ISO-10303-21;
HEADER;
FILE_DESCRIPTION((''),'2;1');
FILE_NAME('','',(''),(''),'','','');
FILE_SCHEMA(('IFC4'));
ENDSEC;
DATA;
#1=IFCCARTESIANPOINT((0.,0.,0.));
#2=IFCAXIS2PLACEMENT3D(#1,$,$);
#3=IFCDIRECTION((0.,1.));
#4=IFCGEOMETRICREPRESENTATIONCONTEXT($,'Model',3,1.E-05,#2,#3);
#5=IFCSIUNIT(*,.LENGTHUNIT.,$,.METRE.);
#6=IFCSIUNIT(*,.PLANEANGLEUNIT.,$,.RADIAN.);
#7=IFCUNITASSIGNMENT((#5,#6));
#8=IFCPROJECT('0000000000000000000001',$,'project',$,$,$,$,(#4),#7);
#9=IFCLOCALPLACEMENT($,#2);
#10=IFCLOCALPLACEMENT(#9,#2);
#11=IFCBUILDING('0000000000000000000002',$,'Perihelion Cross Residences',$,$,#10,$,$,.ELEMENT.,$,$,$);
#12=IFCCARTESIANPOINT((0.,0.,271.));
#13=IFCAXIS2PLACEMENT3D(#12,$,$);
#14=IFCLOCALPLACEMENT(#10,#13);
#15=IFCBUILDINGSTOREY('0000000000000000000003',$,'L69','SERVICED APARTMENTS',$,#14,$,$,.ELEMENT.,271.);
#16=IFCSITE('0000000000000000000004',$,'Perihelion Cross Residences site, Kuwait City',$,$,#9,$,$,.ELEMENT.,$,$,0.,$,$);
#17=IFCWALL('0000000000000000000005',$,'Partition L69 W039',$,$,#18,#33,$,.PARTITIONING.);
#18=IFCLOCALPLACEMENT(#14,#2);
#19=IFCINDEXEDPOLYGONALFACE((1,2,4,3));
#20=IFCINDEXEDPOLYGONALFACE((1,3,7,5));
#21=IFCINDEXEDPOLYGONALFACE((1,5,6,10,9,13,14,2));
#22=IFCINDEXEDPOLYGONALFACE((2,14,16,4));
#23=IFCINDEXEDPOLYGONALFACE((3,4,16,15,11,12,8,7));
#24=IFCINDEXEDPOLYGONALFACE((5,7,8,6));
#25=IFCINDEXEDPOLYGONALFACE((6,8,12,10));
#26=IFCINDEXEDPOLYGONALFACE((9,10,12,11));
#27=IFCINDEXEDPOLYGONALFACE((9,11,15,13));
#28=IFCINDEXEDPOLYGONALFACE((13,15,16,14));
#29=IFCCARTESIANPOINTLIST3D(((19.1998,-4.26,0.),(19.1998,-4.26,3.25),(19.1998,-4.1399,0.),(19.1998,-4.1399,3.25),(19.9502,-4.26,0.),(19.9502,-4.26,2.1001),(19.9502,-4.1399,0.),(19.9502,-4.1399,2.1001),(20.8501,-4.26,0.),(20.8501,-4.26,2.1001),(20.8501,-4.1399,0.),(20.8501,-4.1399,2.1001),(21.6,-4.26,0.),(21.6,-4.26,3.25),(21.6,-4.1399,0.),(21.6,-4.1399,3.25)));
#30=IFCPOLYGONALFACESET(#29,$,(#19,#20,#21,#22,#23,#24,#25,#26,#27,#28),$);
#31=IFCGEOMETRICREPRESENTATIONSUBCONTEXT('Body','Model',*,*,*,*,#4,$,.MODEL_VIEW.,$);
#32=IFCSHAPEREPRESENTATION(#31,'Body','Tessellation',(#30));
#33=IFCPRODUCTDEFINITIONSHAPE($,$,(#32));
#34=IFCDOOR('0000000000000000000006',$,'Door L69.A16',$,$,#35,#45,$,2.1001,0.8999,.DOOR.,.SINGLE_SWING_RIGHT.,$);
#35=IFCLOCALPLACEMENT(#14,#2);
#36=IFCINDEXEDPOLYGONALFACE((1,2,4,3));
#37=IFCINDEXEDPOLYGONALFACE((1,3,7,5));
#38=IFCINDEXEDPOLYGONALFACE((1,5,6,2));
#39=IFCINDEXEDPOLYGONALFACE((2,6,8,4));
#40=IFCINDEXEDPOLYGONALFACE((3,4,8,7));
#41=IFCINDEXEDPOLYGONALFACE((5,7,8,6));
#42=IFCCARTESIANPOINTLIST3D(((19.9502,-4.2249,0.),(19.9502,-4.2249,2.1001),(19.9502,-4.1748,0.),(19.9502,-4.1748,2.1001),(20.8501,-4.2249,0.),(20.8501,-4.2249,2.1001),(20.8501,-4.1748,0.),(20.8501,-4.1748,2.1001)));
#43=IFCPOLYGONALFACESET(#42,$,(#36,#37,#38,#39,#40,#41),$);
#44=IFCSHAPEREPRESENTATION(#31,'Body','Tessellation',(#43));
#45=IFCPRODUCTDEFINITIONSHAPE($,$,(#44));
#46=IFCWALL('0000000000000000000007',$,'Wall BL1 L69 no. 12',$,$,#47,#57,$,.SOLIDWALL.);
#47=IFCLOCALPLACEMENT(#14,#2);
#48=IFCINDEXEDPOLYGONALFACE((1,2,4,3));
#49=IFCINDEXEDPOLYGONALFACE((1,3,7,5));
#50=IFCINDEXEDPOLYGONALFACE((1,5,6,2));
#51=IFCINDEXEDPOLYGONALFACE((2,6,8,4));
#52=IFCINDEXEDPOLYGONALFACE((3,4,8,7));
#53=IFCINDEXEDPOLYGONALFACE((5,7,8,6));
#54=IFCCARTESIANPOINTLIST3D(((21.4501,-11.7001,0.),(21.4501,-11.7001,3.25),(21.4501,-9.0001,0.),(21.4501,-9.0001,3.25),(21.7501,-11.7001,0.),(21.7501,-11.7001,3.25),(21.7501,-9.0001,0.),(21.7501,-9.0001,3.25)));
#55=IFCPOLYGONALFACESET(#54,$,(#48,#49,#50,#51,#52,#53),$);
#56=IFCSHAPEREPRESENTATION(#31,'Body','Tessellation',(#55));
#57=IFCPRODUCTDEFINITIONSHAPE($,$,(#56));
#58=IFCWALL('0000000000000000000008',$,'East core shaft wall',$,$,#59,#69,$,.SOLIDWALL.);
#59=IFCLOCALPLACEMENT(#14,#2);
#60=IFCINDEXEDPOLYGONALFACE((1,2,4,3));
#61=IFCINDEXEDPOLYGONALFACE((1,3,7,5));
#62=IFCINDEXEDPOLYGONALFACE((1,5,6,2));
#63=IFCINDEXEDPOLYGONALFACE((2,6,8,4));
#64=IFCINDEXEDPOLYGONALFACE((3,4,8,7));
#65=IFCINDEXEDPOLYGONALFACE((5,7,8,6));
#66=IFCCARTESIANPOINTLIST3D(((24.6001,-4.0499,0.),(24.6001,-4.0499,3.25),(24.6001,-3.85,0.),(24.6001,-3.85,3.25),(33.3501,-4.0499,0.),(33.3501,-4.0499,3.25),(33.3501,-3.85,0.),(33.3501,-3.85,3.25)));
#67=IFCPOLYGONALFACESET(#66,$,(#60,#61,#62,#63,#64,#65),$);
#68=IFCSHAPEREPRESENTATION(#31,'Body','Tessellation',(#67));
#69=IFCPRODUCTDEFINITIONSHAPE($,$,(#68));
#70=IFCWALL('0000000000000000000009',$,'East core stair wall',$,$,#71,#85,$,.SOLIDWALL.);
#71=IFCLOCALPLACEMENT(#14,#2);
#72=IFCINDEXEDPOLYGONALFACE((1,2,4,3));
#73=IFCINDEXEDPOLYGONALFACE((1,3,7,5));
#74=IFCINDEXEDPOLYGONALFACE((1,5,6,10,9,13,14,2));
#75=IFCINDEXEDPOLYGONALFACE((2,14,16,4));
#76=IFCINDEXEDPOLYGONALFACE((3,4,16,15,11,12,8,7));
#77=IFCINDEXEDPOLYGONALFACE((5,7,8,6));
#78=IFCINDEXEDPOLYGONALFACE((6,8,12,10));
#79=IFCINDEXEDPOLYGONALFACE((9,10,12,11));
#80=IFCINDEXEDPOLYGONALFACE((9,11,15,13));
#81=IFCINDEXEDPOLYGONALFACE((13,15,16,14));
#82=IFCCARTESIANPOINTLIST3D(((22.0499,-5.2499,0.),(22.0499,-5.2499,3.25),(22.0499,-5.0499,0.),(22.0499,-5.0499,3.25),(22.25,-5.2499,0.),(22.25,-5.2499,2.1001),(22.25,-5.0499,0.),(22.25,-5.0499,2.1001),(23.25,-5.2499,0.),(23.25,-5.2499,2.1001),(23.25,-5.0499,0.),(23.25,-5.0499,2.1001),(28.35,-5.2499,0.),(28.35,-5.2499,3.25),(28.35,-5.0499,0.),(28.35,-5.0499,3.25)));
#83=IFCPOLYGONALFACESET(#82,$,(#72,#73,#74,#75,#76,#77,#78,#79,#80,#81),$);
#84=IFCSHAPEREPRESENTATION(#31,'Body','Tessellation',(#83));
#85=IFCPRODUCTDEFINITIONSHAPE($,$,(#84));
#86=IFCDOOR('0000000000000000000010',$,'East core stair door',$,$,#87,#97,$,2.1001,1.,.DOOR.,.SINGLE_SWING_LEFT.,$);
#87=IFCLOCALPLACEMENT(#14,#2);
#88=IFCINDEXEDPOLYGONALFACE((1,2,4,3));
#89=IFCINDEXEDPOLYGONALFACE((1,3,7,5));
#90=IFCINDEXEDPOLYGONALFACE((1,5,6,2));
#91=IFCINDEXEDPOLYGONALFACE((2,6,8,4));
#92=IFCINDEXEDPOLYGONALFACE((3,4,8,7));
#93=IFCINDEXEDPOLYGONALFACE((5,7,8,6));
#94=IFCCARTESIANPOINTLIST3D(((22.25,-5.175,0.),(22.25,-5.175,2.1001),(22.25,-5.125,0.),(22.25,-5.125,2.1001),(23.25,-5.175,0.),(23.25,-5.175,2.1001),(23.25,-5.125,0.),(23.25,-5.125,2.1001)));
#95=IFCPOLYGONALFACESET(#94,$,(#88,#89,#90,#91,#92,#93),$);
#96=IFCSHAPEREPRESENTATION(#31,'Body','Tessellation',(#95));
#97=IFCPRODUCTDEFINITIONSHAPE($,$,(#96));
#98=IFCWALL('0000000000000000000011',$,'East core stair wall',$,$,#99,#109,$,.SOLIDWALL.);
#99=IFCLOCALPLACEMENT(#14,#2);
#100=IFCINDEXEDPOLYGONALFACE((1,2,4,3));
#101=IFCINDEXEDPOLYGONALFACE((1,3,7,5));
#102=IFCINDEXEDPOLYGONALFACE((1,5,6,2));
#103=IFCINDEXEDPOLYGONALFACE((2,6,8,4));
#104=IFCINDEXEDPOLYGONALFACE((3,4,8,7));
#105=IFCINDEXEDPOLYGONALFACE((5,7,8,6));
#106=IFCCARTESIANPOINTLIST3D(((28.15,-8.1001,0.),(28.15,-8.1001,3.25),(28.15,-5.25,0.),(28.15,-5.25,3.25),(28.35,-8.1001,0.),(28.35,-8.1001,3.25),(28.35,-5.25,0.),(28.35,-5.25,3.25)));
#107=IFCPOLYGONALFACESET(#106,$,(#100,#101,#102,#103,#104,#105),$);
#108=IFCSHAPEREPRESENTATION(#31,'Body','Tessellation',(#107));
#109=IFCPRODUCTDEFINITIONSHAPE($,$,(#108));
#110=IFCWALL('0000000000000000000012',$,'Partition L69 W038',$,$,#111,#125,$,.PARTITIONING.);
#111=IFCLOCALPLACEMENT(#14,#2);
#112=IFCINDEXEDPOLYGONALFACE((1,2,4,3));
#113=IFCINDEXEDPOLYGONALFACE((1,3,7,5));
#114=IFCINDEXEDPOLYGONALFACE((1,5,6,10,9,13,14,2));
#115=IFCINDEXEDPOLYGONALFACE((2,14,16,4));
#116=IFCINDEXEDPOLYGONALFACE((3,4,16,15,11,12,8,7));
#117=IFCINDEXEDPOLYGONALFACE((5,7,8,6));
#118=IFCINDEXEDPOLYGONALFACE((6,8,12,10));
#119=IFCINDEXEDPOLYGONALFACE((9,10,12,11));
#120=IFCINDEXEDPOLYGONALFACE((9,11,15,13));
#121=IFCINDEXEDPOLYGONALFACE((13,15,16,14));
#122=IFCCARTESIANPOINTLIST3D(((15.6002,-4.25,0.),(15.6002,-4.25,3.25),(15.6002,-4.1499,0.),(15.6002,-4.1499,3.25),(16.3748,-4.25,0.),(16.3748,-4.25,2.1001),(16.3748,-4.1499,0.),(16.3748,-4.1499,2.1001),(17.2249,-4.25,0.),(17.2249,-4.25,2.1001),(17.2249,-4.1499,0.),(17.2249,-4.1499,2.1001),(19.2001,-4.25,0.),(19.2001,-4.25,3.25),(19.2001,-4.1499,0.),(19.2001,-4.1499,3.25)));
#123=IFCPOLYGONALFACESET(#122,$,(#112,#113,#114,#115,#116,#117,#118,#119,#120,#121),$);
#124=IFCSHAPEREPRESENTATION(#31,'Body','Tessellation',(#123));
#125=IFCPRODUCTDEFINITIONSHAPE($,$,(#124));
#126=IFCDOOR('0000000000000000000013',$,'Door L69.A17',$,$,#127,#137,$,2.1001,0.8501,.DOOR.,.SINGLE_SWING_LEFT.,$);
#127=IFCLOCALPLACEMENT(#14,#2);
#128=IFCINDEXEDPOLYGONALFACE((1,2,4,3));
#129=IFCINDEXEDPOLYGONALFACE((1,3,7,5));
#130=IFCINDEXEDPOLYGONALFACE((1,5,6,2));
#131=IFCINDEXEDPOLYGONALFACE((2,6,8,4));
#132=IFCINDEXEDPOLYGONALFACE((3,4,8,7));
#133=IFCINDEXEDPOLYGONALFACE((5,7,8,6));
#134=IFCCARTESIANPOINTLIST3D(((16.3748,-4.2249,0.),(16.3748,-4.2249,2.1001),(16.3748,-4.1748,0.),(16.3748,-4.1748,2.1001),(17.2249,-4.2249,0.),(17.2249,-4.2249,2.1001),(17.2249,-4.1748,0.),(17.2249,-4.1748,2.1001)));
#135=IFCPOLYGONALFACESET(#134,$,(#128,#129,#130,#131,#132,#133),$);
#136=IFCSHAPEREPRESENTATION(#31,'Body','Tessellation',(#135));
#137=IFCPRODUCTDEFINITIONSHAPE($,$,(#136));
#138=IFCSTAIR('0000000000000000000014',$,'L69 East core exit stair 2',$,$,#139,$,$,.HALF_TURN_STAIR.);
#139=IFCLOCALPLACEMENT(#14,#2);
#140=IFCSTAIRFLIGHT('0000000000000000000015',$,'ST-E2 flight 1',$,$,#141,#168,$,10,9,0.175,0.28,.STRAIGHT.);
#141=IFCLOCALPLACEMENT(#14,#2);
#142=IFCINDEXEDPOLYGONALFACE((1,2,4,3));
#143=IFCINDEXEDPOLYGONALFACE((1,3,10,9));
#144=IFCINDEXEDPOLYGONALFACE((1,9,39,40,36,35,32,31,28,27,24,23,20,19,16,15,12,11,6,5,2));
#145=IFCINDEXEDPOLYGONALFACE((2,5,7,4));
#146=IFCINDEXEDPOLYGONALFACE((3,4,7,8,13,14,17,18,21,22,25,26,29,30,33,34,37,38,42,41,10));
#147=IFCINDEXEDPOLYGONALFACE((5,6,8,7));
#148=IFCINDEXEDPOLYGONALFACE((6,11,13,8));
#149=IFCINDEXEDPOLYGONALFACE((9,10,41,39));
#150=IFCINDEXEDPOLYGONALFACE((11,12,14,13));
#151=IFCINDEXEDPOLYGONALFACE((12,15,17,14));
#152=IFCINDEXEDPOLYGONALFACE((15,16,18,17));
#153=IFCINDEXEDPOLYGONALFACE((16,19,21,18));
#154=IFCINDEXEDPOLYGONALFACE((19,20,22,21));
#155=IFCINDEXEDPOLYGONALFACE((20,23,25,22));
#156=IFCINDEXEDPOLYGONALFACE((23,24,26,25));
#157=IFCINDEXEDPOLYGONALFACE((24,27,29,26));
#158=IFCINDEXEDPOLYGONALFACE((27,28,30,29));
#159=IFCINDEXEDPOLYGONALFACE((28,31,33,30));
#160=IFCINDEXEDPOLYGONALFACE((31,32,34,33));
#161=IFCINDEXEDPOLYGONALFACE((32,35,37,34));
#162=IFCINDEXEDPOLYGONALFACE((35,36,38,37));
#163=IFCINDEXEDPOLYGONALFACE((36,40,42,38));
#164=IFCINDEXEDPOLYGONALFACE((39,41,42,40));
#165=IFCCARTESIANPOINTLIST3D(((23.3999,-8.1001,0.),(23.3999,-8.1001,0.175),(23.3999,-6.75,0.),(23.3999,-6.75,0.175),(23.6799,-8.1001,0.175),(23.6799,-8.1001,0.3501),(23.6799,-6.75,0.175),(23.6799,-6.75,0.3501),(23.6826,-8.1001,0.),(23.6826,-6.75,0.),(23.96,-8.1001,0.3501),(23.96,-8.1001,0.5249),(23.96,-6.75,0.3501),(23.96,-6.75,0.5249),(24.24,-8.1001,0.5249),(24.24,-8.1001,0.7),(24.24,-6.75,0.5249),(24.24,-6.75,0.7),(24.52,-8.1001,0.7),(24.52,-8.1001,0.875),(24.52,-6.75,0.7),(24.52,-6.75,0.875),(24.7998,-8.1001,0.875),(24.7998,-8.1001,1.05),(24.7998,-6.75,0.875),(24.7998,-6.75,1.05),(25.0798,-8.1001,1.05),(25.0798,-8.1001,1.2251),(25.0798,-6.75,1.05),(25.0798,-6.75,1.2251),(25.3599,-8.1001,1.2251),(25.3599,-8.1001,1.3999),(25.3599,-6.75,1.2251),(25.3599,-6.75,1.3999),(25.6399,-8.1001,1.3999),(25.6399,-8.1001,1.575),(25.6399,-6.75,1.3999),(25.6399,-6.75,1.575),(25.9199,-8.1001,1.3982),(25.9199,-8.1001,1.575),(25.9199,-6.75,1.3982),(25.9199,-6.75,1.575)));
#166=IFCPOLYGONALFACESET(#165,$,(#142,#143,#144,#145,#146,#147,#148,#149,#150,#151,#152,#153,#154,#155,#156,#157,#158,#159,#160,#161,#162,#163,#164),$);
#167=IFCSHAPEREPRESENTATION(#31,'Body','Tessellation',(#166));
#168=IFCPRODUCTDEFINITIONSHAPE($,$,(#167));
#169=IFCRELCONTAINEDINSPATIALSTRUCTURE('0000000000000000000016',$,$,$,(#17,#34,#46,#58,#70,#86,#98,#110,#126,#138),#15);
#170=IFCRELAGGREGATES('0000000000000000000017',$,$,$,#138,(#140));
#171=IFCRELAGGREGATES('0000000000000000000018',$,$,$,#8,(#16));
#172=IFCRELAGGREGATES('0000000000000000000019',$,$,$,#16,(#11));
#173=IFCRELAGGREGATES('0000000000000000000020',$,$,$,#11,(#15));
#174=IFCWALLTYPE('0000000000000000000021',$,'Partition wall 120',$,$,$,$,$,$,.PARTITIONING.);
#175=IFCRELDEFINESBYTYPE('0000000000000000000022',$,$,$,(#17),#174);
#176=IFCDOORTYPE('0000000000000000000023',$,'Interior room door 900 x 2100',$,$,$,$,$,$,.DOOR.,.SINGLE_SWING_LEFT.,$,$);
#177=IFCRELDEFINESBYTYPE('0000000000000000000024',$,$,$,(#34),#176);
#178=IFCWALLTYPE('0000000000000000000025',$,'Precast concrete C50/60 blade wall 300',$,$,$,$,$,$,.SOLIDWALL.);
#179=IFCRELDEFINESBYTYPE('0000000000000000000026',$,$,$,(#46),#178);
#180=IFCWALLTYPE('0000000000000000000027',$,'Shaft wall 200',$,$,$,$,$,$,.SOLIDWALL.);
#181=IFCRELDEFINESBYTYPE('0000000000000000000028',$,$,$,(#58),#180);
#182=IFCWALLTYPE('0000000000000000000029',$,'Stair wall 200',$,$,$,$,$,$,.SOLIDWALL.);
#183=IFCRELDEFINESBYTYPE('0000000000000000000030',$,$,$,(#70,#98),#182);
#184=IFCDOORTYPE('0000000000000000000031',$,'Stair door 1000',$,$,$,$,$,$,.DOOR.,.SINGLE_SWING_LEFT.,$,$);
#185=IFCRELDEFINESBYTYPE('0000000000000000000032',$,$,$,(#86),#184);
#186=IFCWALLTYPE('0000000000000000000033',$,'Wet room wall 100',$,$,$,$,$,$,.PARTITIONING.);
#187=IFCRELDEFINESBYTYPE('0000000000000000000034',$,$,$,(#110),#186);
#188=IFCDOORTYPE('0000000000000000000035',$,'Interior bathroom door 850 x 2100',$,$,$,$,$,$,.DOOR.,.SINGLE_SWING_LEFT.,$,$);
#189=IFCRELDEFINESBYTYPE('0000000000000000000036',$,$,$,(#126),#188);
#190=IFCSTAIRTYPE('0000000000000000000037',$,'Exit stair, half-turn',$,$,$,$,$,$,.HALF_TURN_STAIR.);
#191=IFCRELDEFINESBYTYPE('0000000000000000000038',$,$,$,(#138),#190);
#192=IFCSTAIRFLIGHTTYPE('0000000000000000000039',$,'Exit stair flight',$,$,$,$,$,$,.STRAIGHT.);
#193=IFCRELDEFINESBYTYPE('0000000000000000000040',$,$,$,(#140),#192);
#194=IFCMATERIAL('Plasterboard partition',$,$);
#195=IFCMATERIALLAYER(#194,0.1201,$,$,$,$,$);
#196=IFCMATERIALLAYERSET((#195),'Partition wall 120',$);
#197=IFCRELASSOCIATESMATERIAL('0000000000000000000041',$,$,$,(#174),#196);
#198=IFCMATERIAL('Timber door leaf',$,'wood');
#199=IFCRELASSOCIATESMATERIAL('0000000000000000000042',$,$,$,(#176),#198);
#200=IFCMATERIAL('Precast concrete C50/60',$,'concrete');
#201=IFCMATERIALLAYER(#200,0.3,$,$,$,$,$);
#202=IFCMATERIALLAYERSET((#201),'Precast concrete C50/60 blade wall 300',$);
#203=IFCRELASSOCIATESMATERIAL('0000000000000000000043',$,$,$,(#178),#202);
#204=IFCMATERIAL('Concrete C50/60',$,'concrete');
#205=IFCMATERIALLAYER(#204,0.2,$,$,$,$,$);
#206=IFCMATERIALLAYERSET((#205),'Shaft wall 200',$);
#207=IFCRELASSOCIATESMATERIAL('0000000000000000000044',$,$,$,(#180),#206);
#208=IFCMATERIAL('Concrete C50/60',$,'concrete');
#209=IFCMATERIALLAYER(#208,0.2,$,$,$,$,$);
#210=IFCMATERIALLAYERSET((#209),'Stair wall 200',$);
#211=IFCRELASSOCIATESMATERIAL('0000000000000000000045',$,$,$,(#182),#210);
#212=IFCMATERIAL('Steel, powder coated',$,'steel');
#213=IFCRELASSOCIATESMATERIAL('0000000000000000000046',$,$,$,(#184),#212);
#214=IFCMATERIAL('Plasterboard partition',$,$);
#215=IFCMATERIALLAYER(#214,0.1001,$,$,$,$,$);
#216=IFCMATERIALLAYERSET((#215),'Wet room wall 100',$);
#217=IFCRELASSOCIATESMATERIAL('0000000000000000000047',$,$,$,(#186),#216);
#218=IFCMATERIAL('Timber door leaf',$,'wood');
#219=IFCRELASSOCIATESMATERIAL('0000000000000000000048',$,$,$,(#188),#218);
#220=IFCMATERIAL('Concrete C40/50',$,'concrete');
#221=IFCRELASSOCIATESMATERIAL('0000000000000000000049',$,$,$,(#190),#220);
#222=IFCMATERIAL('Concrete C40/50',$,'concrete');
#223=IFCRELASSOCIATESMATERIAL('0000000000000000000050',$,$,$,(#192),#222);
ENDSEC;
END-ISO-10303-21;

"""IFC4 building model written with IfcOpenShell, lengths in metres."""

from ifc_helpers import new_model, si_unit, direction, frame, frame_2d, origin, place, context, subcontext, project, spatial, polyline, rectangle, outline, extrude, material, layer, layer_set, type_object, element, fill, aggregate, save


model = new_model("IFC4")

# Units and contexts
model_context = context("Model", 3, precision=1e-05, world=origin(), true_north=direction((0.0, 1.0)))
body_context = subcontext(model_context, "Body", "Model", "MODEL_VIEW")
ifc_project = project(units=[si_unit("LENGTHUNIT", "METRE"), si_unit("PLANEANGLEUNIT", "RADIAN")], contexts=[model_context])

# Site, building, storey
site_placement = place(None, origin())
site = spatial("IfcSite", under=ifc_project, at=site_placement, Name="Perihelion Cross Residences site, Kuwait City", CompositionType="ELEMENT", RefElevation=0.0)
building_placement = place(site_placement, origin())
building = spatial("IfcBuilding", under=site, at=building_placement, Name="Perihelion Cross Residences", CompositionType="ELEMENT")
storey_placement = place(building_placement, frame((0.0, 0.0, 271.0)))
storey = spatial("IfcBuildingStorey", under=building, at=storey_placement, Name="L69", Description="SERVICED APARTMENTS", CompositionType="ELEMENT", Elevation=271.0)

# Wall, opening, door
ifc_material_1 = material(Name="Plasterboard partition")
ifc_layer_1 = layer(ifc_material_1, 0.1201)
ifc_layer_set_1 = layer_set([ifc_layer_1], Name="Partition wall 120")
wall_type_1 = type_object("IfcWallType", Name="Partition wall 120", PredefinedType="PARTITIONING", material=ifc_layer_set_1)
wall_1_placement = place(storey_placement, frame((21.6001, -4.2, 0.0), z_axis=(0.0, 0.0, 1.0), x_axis=(-1.0, 0.0, 0.0)))
wall_1 = element("IfcWall", 1, at=wall_1_placement, inside=storey, type_object=wall_type_1, Name="Partition L69 W039", PredefinedType="PARTITIONING", context=body_context, shape_type="SweptSolid", body=[
    extrude(rectangle(XDim=2.4001, YDim=0.1201, at=frame_2d((1.2002, 0.0))), origin(), (0.0, 0.0, 1.0), 3.25),
])
opening_1_placement = place(wall_1_placement, frame((0.75, 0.0, 0.0)))
opening_1 = element("IfcOpeningElement", 2, at=opening_1_placement, cuts=wall_1, PredefinedType="OPENING", context=body_context, shape_type="SweptSolid", body=[
    extrude(rectangle(XDim=0.8999, YDim=2.1001, at=frame_2d((0.45, 1.05))), frame((0.0, 0.0701, 0.0), z_axis=(0.0, -1.0, 0.0), x_axis=(1.0, 0.0, 0.0)), (0.0, 0.0, 1.0), 0.1401),
])
ifc_material_2 = material(Name="Timber door leaf", Category="wood")
door_type_1 = type_object("IfcDoorType", Name="Interior room door 900 x 2100", OperationType="SINGLE_SWING_LEFT", PredefinedType="DOOR", material=ifc_material_2)
door_1_placement = place(opening_1_placement, origin())
door_1 = element("IfcDoor", 3, at=door_1_placement, inside=storey, type_object=door_type_1, Name="Door L69.A16", OperationType="SINGLE_SWING_RIGHT", OverallHeight=2.1001, OverallWidth=0.8999, PredefinedType="DOOR", context=body_context, shape_type="SweptSolid", body=[
    extrude(rectangle(XDim=0.8999, YDim=2.1001, at=frame_2d((0.45, 1.05))), frame((0.0, 0.0249, 0.0), z_axis=(0.0, -1.0, 0.0), x_axis=(1.0, 0.0, 0.0)), (0.0, 0.0, 1.0), 0.05),
])
fill(opening_1, door_1)

# Walls
ifc_material_3 = material(Name="Precast concrete C50/60", Category="concrete")
ifc_layer_2 = layer(ifc_material_3, 0.3)
ifc_layer_set_2 = layer_set([ifc_layer_2], Name="Precast concrete C50/60 blade wall 300")
wall_type_2 = type_object("IfcWallType", Name="Precast concrete C50/60 blade wall 300", PredefinedType="SOLIDWALL", material=ifc_layer_set_2)
wall_2_placement = place(storey_placement, frame((21.6001, -9.0, 0.0), z_axis=(0.0, 0.0, 1.0), x_axis=(0.0, -1.0, 0.0)))
element("IfcWall", 4, at=wall_2_placement, inside=storey, type_object=wall_type_2, Name="Wall BL1 L69 no. 12", PredefinedType="SOLIDWALL", context=body_context, shape_type="SweptSolid", body=[
    extrude(rectangle(XDim=2.7, YDim=0.3, at=frame_2d((1.3501, 0.0))), origin(), (0.0, 0.0, 1.0), 3.25),
])
ifc_material_4 = material(Name="Concrete C50/60", Category="concrete")
ifc_layer_3 = layer(ifc_material_4, 0.2)
ifc_layer_set_3 = layer_set([ifc_layer_3], Name="Shaft wall 200")
wall_type_3 = type_object("IfcWallType", Name="Shaft wall 200", PredefinedType="SOLIDWALL", material=ifc_layer_set_3)
wall_3_placement = place(storey_placement, frame((24.6001, -3.95, 0.0), z_axis=(0.0, 0.0, 1.0), x_axis=(1.0, 0.0, 0.0)))
element("IfcWall", 5, at=wall_3_placement, inside=storey, type_object=wall_type_3, Name="East core shaft wall", PredefinedType="SOLIDWALL", context=body_context, shape_type="SweptSolid", body=[
    extrude(rectangle(XDim=8.75, YDim=0.2, at=frame_2d((4.375, 0.0))), origin(), (0.0, 0.0, 1.0), 3.25),
])

# Wall, opening, door
ifc_material_5 = material(Name="Concrete C50/60", Category="concrete")
ifc_layer_4 = layer(ifc_material_5, 0.2)
ifc_layer_set_4 = layer_set([ifc_layer_4], Name="Stair wall 200")
wall_type_4 = type_object("IfcWallType", Name="Stair wall 200", PredefinedType="SOLIDWALL", material=ifc_layer_set_4)
wall_4_placement = place(storey_placement, frame((22.05, -5.1499, 0.0), z_axis=(0.0, 0.0, 1.0), x_axis=(1.0, 0.0, 0.0)))
wall_4 = element("IfcWall", 6, at=wall_4_placement, inside=storey, type_object=wall_type_4, Name="East core stair wall", PredefinedType="SOLIDWALL", context=body_context, shape_type="SweptSolid", body=[
    extrude(rectangle(XDim=6.3, YDim=0.2, at=frame_2d((3.1499, 0.0))), origin(), (0.0, 0.0, 1.0), 3.25),
])
opening_2_placement = place(wall_4_placement, frame((0.2, 0.0, 0.0)))
opening_2 = element("IfcOpeningElement", 7, at=opening_2_placement, cuts=wall_4, PredefinedType="OPENING", context=body_context, shape_type="SweptSolid", body=[
    extrude(rectangle(XDim=1.0, YDim=2.1001, at=frame_2d((0.5, 1.05))), frame((0.0, 0.1099, 0.0), z_axis=(0.0, -1.0, 0.0), x_axis=(1.0, 0.0, 0.0)), (0.0, 0.0, 1.0), 0.22),
])
ifc_material_6 = material(Name="Steel, powder coated", Category="steel")
door_type_2 = type_object("IfcDoorType", Name="Stair door 1000", OperationType="SINGLE_SWING_LEFT", PredefinedType="DOOR", material=ifc_material_6)
door_2_placement = place(opening_2_placement, origin())
door_2 = element("IfcDoor", 8, at=door_2_placement, inside=storey, type_object=door_type_2, Name="East core stair door", OperationType="SINGLE_SWING_LEFT", OverallHeight=2.1001, OverallWidth=1.0, PredefinedType="DOOR", context=body_context, shape_type="SweptSolid", body=[
    extrude(rectangle(XDim=1.0, YDim=2.1001, at=frame_2d((0.5, 1.05))), frame((0.0, 0.0249, 0.0), z_axis=(0.0, -1.0, 0.0), x_axis=(1.0, 0.0, 0.0)), (0.0, 0.0, 1.0), 0.05),
])
fill(opening_2, door_2)

# Wall
wall_5_placement = place(storey_placement, frame((28.25, -8.1001, 0.0), z_axis=(0.0, 0.0, 1.0), x_axis=(0.0, 1.0, 0.0)))
element("IfcWall", 9, at=wall_5_placement, inside=storey, type_object=wall_type_4, Name="East core stair wall", PredefinedType="SOLIDWALL", context=body_context, shape_type="SweptSolid", body=[
    extrude(rectangle(XDim=2.8501, YDim=0.2, at=frame_2d((1.425, 0.0))), origin(), (0.0, 0.0, 1.0), 3.25),
])

# Wall, opening, door
ifc_material_7 = material(Name="Plasterboard partition")
ifc_layer_5 = layer(ifc_material_7, 0.1001)
ifc_layer_set_5 = layer_set([ifc_layer_5], Name="Wet room wall 100")
wall_type_5 = type_object("IfcWallType", Name="Wet room wall 100", PredefinedType="PARTITIONING", material=ifc_layer_set_5)
wall_6_placement = place(storey_placement, frame((19.2, -4.2, 0.0), z_axis=(0.0, 0.0, 1.0), x_axis=(-1.0, 0.0, 0.0)))
wall_6 = element("IfcWall", 10, at=wall_6_placement, inside=storey, type_object=wall_type_5, Name="Partition L69 W038", PredefinedType="PARTITIONING", context=body_context, shape_type="SweptSolid", body=[
    extrude(rectangle(XDim=3.5999, YDim=0.1001, at=frame_2d((1.7998, 0.0))), origin(), (0.0, 0.0, 1.0), 3.25),
])
opening_3_placement = place(wall_6_placement, frame((1.9751, 0.0, 0.0)))
opening_3 = element("IfcOpeningElement", 11, at=opening_3_placement, cuts=wall_6, PredefinedType="OPENING", context=body_context, shape_type="SweptSolid", body=[
    extrude(rectangle(XDim=0.8501, YDim=2.1001, at=frame_2d((0.425, 1.05))), frame((0.0, 0.0601, 0.0), z_axis=(0.0, -1.0, 0.0), x_axis=(1.0, 0.0, 0.0)), (0.0, 0.0, 1.0), 0.1201),
])
ifc_material_8 = material(Name="Timber door leaf", Category="wood")
door_type_3 = type_object("IfcDoorType", Name="Interior bathroom door 850 x 2100", OperationType="SINGLE_SWING_LEFT", PredefinedType="DOOR", material=ifc_material_8)
door_3_placement = place(opening_3_placement, origin())
door_3 = element("IfcDoor", 12, at=door_3_placement, inside=storey, type_object=door_type_3, Name="Door L69.A17", OperationType="SINGLE_SWING_LEFT", OverallHeight=2.1001, OverallWidth=0.8501, PredefinedType="DOOR", context=body_context, shape_type="SweptSolid", body=[
    extrude(rectangle(XDim=0.8501, YDim=2.1001, at=frame_2d((0.425, 1.05))), frame((0.0, 0.0249, 0.0), z_axis=(0.0, -1.0, 0.0), x_axis=(1.0, 0.0, 0.0)), (0.0, 0.0, 1.0), 0.05),
])
fill(opening_3, door_3)

# Stair, stair flight
ifc_material_9 = material(Name="Concrete C40/50", Category="concrete")
stair_type = type_object("IfcStairType", Name="Exit stair, half-turn", PredefinedType="HALF_TURN_STAIR", material=ifc_material_9)
stair_placement = place(storey_placement, origin())
stair = element("IfcStair", 13, at=stair_placement, inside=storey, type_object=stair_type, Name="L69 East core exit stair 2", PredefinedType="HALF_TURN_STAIR")
ifc_material_10 = material(Name="Concrete C40/50", Category="concrete")
stair_flight_type = type_object("IfcStairFlightType", Name="Exit stair flight", PredefinedType="STRAIGHT", material=ifc_material_10)
stair_flight_1_placement = place(storey_placement, frame((23.3999, -7.425, 0.0), z_axis=(0.0, 0.0, 1.0), x_axis=(1.0, 0.0, 0.0)))
stair_flight_1 = element("IfcStairFlight", 14, at=stair_flight_1_placement, type_object=stair_flight_type, Name="ST-E2 flight 1", NumberOfRisers=10, NumberOfTreads=9, PredefinedType="STRAIGHT", RiserHeight=0.175, TreadLength=0.28, context=body_context, shape_type="SweptSolid", body=[
    extrude(outline(polyline([(0.0, 0.0), (0.0, 0.175), (0.28, 0.175), (0.28, 0.3501), (0.5601, 0.3501), (0.5601, 0.5249), (0.8401, 0.5249), (0.8401, 0.7), (1.1201, 0.7), (1.1201, 0.875), (1.3999, 0.875), (1.3999, 1.05), (1.6799, 1.05), (1.6799, 1.2251), (1.96, 1.2251), (1.96, 1.3999), (2.24, 1.3999), (2.24, 1.575), (2.52, 1.575), (2.52, 1.75), (2.52, 1.3982), (0.2827, 0.0), (0.0, 0.0)])), frame((0.0, 0.675, 0.0), z_axis=(0.0, -1.0, 0.0), x_axis=(1.0, 0.0, 0.0)), (0.0, 0.0, 1.0), 1.3501),
])
aggregate(stair, [stair_flight_1])

save(model, "model.ifc")
